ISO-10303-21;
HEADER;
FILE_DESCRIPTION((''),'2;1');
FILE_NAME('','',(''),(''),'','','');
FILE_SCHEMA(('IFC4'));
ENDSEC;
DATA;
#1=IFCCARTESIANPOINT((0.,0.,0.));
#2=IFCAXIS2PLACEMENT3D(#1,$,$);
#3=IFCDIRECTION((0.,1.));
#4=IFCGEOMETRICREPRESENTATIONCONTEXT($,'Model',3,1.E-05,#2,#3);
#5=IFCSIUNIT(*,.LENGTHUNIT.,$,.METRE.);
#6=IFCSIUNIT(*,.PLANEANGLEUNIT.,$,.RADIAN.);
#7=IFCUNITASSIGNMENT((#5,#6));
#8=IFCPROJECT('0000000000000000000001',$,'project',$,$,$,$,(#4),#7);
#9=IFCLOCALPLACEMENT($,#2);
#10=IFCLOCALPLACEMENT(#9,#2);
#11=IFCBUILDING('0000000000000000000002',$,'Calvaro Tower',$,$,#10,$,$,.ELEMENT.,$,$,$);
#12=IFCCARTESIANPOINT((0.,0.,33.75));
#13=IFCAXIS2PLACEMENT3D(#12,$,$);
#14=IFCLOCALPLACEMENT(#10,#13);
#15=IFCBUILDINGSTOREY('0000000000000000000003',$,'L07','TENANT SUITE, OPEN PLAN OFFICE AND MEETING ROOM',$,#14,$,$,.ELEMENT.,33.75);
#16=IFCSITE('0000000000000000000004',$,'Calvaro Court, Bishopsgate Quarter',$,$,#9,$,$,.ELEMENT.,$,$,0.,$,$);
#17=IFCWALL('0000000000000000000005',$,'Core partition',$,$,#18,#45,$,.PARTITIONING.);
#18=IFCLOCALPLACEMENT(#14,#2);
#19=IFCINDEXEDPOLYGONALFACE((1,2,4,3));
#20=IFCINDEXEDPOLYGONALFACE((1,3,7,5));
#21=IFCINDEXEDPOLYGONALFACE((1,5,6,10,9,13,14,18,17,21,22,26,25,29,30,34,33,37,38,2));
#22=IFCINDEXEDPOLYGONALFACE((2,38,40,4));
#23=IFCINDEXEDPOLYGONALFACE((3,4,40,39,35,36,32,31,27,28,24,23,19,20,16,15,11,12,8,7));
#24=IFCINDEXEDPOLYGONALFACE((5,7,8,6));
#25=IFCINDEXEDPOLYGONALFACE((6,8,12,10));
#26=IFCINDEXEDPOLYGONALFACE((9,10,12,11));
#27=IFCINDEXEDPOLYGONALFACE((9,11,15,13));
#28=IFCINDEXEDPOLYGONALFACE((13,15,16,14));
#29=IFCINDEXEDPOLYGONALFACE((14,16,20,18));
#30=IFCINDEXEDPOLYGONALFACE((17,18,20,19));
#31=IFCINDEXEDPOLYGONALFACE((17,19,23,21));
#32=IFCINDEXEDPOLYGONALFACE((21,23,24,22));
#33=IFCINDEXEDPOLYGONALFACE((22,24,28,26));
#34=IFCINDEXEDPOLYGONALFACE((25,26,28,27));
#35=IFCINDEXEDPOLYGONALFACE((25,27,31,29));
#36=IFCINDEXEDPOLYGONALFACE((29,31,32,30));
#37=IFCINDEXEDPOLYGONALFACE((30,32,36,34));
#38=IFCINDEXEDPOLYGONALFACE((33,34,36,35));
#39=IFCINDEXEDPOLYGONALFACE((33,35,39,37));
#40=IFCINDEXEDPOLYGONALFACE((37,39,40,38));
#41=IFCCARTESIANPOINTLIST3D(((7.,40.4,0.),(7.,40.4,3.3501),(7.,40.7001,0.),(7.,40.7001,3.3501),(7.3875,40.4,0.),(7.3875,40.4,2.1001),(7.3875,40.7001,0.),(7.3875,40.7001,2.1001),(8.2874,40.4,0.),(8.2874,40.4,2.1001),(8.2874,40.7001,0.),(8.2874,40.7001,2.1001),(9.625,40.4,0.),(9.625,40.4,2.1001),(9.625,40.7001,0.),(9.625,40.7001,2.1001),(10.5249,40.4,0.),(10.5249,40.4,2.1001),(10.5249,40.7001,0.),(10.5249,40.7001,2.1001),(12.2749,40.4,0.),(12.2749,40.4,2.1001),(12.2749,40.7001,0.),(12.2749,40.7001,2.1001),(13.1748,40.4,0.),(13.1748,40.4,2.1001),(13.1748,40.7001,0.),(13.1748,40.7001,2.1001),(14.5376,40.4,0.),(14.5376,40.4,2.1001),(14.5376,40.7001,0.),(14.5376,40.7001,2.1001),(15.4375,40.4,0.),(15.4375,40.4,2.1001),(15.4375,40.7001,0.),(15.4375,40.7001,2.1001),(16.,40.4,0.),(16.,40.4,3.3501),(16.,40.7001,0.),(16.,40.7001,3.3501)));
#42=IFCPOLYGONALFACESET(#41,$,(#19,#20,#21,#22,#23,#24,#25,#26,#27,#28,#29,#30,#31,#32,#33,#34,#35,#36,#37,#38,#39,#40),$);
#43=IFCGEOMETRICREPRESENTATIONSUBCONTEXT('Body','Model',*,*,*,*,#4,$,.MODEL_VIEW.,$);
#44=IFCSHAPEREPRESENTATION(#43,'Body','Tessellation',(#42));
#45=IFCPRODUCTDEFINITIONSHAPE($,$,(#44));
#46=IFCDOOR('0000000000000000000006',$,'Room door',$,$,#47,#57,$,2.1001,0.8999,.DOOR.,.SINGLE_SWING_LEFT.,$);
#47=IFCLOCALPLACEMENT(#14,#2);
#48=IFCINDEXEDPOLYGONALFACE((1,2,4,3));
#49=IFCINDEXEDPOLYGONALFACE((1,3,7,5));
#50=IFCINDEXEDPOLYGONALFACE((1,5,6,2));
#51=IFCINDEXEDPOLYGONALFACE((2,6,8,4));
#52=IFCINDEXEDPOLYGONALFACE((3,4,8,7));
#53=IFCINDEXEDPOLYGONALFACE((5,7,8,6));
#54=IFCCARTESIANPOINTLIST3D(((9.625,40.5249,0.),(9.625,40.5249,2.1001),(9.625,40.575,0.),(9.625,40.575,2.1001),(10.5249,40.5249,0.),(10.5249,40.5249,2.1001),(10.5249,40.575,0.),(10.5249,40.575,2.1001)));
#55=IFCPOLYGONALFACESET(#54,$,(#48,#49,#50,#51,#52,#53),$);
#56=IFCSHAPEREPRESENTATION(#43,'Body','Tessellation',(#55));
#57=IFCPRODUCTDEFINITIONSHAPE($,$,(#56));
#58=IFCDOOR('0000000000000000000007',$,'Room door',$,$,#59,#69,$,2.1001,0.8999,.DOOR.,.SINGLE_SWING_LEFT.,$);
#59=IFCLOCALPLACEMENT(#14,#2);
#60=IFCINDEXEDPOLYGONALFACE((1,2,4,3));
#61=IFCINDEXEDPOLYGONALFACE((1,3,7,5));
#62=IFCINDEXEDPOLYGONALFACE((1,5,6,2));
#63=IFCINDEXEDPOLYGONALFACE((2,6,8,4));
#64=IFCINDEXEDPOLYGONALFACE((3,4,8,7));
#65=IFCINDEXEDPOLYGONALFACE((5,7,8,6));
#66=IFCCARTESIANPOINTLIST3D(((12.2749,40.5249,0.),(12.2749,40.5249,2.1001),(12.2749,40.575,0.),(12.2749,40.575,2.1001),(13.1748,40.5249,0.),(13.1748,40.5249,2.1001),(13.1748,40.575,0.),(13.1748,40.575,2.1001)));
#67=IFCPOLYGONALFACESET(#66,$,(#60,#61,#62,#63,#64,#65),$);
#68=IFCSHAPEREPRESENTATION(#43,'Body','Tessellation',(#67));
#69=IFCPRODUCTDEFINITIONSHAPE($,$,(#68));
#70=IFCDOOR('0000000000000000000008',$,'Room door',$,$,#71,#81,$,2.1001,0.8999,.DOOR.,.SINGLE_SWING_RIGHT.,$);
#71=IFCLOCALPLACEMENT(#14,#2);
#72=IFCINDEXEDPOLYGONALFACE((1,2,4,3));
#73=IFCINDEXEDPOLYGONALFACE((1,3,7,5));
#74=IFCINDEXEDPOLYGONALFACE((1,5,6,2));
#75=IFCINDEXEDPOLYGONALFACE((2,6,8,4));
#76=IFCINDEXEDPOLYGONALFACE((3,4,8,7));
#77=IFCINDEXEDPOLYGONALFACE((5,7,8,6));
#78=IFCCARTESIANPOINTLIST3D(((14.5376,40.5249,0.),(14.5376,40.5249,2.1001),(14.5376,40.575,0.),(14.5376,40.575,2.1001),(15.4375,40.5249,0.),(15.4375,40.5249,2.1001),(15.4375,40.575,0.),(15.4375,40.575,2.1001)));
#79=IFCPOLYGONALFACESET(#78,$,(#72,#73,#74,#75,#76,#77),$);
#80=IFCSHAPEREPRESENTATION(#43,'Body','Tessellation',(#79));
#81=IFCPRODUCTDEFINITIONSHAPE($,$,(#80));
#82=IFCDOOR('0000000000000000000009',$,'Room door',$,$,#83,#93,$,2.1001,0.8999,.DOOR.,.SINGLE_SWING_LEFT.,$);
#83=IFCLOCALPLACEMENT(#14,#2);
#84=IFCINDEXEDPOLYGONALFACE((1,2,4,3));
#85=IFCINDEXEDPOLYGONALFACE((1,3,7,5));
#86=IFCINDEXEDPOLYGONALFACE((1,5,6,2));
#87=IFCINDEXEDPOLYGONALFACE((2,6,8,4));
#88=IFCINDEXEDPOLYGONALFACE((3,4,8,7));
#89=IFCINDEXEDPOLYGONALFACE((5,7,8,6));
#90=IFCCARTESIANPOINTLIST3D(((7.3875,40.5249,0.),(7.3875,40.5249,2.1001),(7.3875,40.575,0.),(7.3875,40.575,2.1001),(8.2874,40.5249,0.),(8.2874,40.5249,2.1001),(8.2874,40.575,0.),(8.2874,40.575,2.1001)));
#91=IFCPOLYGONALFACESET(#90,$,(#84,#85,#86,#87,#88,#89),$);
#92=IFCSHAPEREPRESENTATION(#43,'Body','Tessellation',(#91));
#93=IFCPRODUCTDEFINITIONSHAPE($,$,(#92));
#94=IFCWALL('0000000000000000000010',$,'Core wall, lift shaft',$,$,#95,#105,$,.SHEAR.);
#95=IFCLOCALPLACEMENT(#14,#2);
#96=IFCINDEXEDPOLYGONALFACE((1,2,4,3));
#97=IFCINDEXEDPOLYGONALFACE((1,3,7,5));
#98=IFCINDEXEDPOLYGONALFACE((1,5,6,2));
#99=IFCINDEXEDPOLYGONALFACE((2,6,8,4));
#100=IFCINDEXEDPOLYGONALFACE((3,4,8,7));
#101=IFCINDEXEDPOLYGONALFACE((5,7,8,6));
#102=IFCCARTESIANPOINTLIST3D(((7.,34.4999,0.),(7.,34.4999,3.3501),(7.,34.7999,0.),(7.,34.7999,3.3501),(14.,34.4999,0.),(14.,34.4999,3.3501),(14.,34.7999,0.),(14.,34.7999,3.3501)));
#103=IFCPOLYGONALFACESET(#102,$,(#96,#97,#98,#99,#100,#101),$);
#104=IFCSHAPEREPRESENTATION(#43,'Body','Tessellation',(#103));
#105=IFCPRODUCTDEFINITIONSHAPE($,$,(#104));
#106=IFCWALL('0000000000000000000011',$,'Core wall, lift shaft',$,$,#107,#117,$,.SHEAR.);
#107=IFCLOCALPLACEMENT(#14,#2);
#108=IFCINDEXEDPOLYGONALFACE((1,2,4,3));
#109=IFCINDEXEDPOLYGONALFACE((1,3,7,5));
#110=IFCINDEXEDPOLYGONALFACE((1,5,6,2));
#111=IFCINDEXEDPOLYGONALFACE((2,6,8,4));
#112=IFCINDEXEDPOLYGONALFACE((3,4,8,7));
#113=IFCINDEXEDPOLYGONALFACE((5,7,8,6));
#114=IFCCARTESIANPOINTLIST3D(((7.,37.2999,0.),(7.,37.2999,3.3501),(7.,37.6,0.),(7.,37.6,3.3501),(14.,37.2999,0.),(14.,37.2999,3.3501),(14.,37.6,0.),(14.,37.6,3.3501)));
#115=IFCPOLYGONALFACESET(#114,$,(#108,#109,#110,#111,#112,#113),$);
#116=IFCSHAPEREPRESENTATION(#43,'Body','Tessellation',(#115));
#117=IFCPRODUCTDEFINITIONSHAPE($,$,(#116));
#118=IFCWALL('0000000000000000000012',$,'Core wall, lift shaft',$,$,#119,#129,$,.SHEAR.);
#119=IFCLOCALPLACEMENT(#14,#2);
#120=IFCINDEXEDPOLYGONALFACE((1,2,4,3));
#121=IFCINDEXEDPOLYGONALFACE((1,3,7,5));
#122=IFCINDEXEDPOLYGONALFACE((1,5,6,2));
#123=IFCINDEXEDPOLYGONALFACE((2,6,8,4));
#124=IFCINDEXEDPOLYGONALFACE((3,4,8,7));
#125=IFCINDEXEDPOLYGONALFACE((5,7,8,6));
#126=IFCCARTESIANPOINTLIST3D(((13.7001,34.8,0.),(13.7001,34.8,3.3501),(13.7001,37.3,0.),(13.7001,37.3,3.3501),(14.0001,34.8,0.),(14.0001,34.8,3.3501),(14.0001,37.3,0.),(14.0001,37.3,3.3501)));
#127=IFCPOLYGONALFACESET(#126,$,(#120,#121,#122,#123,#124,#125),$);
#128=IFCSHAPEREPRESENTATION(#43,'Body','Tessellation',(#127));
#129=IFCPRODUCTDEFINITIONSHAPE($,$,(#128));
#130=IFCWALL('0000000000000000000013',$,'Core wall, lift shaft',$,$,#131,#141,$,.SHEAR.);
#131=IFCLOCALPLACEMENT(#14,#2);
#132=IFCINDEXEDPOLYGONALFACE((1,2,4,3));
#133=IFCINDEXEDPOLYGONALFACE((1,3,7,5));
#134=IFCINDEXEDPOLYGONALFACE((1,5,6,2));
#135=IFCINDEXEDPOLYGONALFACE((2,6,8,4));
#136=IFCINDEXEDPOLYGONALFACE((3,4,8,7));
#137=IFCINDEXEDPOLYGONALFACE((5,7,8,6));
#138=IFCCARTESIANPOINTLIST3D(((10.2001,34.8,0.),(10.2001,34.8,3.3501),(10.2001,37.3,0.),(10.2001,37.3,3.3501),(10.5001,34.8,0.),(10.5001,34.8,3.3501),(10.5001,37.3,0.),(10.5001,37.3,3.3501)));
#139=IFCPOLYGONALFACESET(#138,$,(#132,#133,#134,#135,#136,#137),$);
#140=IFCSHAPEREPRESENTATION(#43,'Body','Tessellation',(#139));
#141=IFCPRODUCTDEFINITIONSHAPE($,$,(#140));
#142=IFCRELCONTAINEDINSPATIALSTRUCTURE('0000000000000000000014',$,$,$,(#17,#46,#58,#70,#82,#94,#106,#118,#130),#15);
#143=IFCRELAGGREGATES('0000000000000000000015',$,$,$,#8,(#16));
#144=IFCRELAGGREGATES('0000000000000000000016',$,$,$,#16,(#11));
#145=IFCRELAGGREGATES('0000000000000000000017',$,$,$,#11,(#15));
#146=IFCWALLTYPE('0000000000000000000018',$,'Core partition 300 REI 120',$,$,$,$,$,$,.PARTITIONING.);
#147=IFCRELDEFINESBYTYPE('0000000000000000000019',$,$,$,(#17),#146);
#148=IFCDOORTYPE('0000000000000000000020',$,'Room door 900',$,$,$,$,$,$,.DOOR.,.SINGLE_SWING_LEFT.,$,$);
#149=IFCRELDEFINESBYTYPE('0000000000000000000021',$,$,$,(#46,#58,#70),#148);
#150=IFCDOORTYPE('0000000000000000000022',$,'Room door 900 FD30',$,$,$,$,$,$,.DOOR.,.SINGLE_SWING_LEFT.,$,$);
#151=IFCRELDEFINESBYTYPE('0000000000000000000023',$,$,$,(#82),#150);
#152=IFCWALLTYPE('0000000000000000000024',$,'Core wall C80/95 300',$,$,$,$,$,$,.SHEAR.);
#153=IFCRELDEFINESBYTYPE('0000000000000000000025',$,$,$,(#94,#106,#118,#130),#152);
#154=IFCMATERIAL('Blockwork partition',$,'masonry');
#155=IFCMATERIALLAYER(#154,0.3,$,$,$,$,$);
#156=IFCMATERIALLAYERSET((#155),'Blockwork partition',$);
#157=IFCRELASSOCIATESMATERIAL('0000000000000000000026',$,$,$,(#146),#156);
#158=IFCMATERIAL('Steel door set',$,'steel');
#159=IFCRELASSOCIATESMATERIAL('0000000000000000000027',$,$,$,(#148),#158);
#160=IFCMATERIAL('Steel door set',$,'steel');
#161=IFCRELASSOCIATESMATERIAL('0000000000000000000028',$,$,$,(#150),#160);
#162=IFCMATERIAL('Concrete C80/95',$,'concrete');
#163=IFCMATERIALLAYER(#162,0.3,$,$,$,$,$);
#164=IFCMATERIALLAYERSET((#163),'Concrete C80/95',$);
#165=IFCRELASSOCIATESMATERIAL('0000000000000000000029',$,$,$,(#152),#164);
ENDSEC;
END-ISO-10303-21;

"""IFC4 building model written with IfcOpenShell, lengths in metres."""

from ifc_helpers import new_model, si_unit, direction, frame, frame_2d, origin, place, context, subcontext, project, spatial, rectangle, extrude, material, layer, layer_set, type_object, element, fill, save


model = new_model("IFC4")

# Units and contexts
model_context = context("Model", 3, precision=1e-05, world=origin(), true_north=direction((0.0, 1.0)))
body_context = subcontext(model_context, "Body", "Model", "MODEL_VIEW")
ifc_project = project(units=[si_unit("LENGTHUNIT", "METRE"), si_unit("PLANEANGLEUNIT", "RADIAN")], contexts=[model_context])

# Site, building, storey
site_placement = place(None, origin())
site = spatial("IfcSite", under=ifc_project, at=site_placement, Name="Calvaro Court, Bishopsgate Quarter", CompositionType="ELEMENT", RefElevation=0.0)
building_placement = place(site_placement, origin())
building = spatial("IfcBuilding", under=site, at=building_placement, Name="Calvaro Tower", CompositionType="ELEMENT")
storey_placement = place(building_placement, frame((0.0, 0.0, 33.75)))
storey = spatial("IfcBuildingStorey", under=building, at=storey_placement, Name="L07", Description="TENANT SUITE, OPEN PLAN OFFICE AND MEETING ROOM", CompositionType="ELEMENT", Elevation=33.75)

# Wall, openings, doors
ifc_material_1 = material(Name="Blockwork partition", Category="masonry")
ifc_layer_1 = layer(ifc_material_1, 0.3)
ifc_layer_set_1 = layer_set([ifc_layer_1], Name="Blockwork partition")
wall_type_1 = type_object("IfcWallType", Name="Core partition 300 REI 120", PredefinedType="PARTITIONING", material=ifc_layer_set_1)
wall_1_placement = place(storey_placement, frame((7.0, 40.55, 0.0), z_axis=(0.0, 0.0, 1.0), x_axis=(1.0, 0.0, 0.0)))
wall_1 = element("IfcWall", 1, at=wall_1_placement, inside=storey, type_object=wall_type_1, Name="Core partition", PredefinedType="PARTITIONING", context=body_context, shape_type="SweptSolid", body=[
    extrude(rectangle(XDim=9.0, YDim=0.3, at=frame_2d((4.5, 0.0))), origin(), (0.0, 0.0, 1.0), 3.3501),
])
opening_1_placement = place(wall_1_placement, frame((0.3875, 0.0, 0.0)))
opening_1 = element("IfcOpeningElement", 2, at=opening_1_placement, cuts=wall_1, PredefinedType="OPENING", context=body_context, shape_type="SweptSolid", body=[
    extrude(rectangle(XDim=0.8999, YDim=2.1001, at=frame_2d((0.45, 1.05))), frame((0.0, 0.1599, 0.0), z_axis=(0.0, -1.0, 0.0), x_axis=(1.0, 0.0, 0.0)), (0.0, 0.0, 1.0), 0.3201),
])
opening_2_placement = place(wall_1_placement, frame((2.625, 0.0, 0.0)))
opening_2 = element("IfcOpeningElement", 3, at=opening_2_placement, cuts=wall_1, PredefinedType="OPENING", context=body_context, shape_type="SweptSolid", body=[
    extrude(rectangle(XDim=0.8999, YDim=2.1001, at=frame_2d((0.45, 1.05))), frame((0.0, 0.1599, 0.0), z_axis=(0.0, -1.0, 0.0), x_axis=(1.0, 0.0, 0.0)), (0.0, 0.0, 1.0), 0.3201),
])
opening_3_placement = place(wall_1_placement, frame((5.2749, 0.0, 0.0)))
opening_3 = element("IfcOpeningElement", 4, at=opening_3_placement, cuts=wall_1, PredefinedType="OPENING", context=body_context, shape_type="SweptSolid", body=[
    extrude(rectangle(XDim=0.8999, YDim=2.1001, at=frame_2d((0.45, 1.05))), frame((0.0, 0.1599, 0.0), z_axis=(0.0, -1.0, 0.0), x_axis=(1.0, 0.0, 0.0)), (0.0, 0.0, 1.0), 0.3201),
])
opening_4_placement = place(wall_1_placement, frame((7.5376, 0.0, 0.0)))
opening_4 = element("IfcOpeningElement", 5, at=opening_4_placement, cuts=wall_1, PredefinedType="OPENING", context=body_context, shape_type="SweptSolid", body=[
    extrude(rectangle(XDim=0.8999, YDim=2.1001, at=frame_2d((0.45, 1.05))), frame((0.0, 0.1599, 0.0), z_axis=(0.0, -1.0, 0.0), x_axis=(1.0, 0.0, 0.0)), (0.0, 0.0, 1.0), 0.3201),
])
ifc_material_2 = material(Name="Steel door set", Category="steel")
door_type_1 = type_object("IfcDoorType", Name="Room door 900", OperationType="SINGLE_SWING_LEFT", PredefinedType="DOOR", material=ifc_material_2)
door_1_placement = place(opening_2_placement, origin())
door_1 = element("IfcDoor", 6, at=door_1_placement, inside=storey, type_object=door_type_1, Name="Room door", OperationType="SINGLE_SWING_LEFT", OverallHeight=2.1001, OverallWidth=0.8999, PredefinedType="DOOR", context=body_context, shape_type="SweptSolid", body=[
    extrude(rectangle(XDim=0.8999, YDim=2.1001, at=frame_2d((0.45, 1.05))), frame((0.0, 0.0249, 0.0), z_axis=(0.0, -1.0, 0.0), x_axis=(1.0, 0.0, 0.0)), (0.0, 0.0, 1.0), 0.05),
])
fill(opening_2, door_1)
door_2_placement = place(opening_3_placement, origin())
door_2 = element("IfcDoor", 7, at=door_2_placement, inside=storey, type_object=door_type_1, Name="Room door", OperationType="SINGLE_SWING_LEFT", OverallHeight=2.1001, OverallWidth=0.8999, PredefinedType="DOOR", context=body_context, shape_type="SweptSolid", body=[
    extrude(rectangle(XDim=0.8999, YDim=2.1001, at=frame_2d((0.45, 1.05))), frame((0.0, 0.0249, 0.0), z_axis=(0.0, -1.0, 0.0), x_axis=(1.0, 0.0, 0.0)), (0.0, 0.0, 1.0), 0.05),
])
fill(opening_3, door_2)
door_3_placement = place(opening_4_placement, origin())
door_3 = element("IfcDoor", 8, at=door_3_placement, inside=storey, type_object=door_type_1, Name="Room door", OperationType="SINGLE_SWING_RIGHT", OverallHeight=2.1001, OverallWidth=0.8999, PredefinedType="DOOR", context=body_context, shape_type="SweptSolid", body=[
    extrude(rectangle(XDim=0.8999, YDim=2.1001, at=frame_2d((0.45, 1.05))), frame((0.0, 0.0249, 0.0), z_axis=(0.0, -1.0, 0.0), x_axis=(1.0, 0.0, 0.0)), (0.0, 0.0, 1.0), 0.05),
])
fill(opening_4, door_3)
ifc_material_3 = material(Name="Steel door set", Category="steel")
door_type_2 = type_object("IfcDoorType", Name="Room door 900 FD30", OperationType="SINGLE_SWING_LEFT", PredefinedType="DOOR", material=ifc_material_3)
door_4_placement = place(opening_1_placement, origin())
door_4 = element("IfcDoor", 9, at=door_4_placement, inside=storey, type_object=door_type_2, Name="Room door", OperationType="SINGLE_SWING_LEFT", OverallHeight=2.1001, OverallWidth=0.8999, PredefinedType="DOOR", context=body_context, shape_type="SweptSolid", body=[
    extrude(rectangle(XDim=0.8999, YDim=2.1001, at=frame_2d((0.45, 1.05))), frame((0.0, 0.0249, 0.0), z_axis=(0.0, -1.0, 0.0), x_axis=(1.0, 0.0, 0.0)), (0.0, 0.0, 1.0), 0.05),
])
fill(opening_1, door_4)

# Walls
ifc_material_4 = material(Name="Concrete C80/95", Category="concrete")
ifc_layer_2 = layer(ifc_material_4, 0.3)
ifc_layer_set_2 = layer_set([ifc_layer_2], Name="Concrete C80/95")
wall_type_2 = type_object("IfcWallType", Name="Core wall C80/95 300", PredefinedType="SHEAR", material=ifc_layer_set_2)
for number, where, z_axis, x_axis, name in (
    (10, (7.0, 34.6499, 0.0), (0.0, 0.0, 1.0), (1.0, 0.0, 0.0), "Core wall, lift shaft"),
    (11, (7.0, 37.45, 0.0), (0.0, 0.0, 1.0), (1.0, 0.0, 0.0), "Core wall, lift shaft"),
):
    element("IfcWall", number, at=place(storey_placement, frame(where, z_axis=z_axis, x_axis=x_axis)), inside=storey, type_object=wall_type_2, Name=name, PredefinedType="SHEAR", context=body_context, shape_type="SweptSolid", body=[
        extrude(rectangle(XDim=7.0, YDim=0.3, at=frame_2d((3.5, 0.0))), origin(), (0.0, 0.0, 1.0), 3.3501),
    ])
for number, where, z_axis, x_axis, name in (
    (12, (13.8501, 34.8, 0.0), (0.0, 0.0, 1.0), (0.0, 1.0, 0.0), "Core wall, lift shaft"),
    (13, (10.3501, 34.8, 0.0), (0.0, 0.0, 1.0), (0.0, 1.0, 0.0), "Core wall, lift shaft"),
):
    element("IfcWall", number, at=place(storey_placement, frame(where, z_axis=z_axis, x_axis=x_axis)), inside=storey, type_object=wall_type_2, Name=name, PredefinedType="SHEAR", context=body_context, shape_type="SweptSolid", body=[
        extrude(rectangle(XDim=2.5, YDim=0.3, at=frame_2d((1.25, 0.0))), origin(), (0.0, 0.0, 1.0), 3.3501),
    ])

save(model, "model.ifc")
